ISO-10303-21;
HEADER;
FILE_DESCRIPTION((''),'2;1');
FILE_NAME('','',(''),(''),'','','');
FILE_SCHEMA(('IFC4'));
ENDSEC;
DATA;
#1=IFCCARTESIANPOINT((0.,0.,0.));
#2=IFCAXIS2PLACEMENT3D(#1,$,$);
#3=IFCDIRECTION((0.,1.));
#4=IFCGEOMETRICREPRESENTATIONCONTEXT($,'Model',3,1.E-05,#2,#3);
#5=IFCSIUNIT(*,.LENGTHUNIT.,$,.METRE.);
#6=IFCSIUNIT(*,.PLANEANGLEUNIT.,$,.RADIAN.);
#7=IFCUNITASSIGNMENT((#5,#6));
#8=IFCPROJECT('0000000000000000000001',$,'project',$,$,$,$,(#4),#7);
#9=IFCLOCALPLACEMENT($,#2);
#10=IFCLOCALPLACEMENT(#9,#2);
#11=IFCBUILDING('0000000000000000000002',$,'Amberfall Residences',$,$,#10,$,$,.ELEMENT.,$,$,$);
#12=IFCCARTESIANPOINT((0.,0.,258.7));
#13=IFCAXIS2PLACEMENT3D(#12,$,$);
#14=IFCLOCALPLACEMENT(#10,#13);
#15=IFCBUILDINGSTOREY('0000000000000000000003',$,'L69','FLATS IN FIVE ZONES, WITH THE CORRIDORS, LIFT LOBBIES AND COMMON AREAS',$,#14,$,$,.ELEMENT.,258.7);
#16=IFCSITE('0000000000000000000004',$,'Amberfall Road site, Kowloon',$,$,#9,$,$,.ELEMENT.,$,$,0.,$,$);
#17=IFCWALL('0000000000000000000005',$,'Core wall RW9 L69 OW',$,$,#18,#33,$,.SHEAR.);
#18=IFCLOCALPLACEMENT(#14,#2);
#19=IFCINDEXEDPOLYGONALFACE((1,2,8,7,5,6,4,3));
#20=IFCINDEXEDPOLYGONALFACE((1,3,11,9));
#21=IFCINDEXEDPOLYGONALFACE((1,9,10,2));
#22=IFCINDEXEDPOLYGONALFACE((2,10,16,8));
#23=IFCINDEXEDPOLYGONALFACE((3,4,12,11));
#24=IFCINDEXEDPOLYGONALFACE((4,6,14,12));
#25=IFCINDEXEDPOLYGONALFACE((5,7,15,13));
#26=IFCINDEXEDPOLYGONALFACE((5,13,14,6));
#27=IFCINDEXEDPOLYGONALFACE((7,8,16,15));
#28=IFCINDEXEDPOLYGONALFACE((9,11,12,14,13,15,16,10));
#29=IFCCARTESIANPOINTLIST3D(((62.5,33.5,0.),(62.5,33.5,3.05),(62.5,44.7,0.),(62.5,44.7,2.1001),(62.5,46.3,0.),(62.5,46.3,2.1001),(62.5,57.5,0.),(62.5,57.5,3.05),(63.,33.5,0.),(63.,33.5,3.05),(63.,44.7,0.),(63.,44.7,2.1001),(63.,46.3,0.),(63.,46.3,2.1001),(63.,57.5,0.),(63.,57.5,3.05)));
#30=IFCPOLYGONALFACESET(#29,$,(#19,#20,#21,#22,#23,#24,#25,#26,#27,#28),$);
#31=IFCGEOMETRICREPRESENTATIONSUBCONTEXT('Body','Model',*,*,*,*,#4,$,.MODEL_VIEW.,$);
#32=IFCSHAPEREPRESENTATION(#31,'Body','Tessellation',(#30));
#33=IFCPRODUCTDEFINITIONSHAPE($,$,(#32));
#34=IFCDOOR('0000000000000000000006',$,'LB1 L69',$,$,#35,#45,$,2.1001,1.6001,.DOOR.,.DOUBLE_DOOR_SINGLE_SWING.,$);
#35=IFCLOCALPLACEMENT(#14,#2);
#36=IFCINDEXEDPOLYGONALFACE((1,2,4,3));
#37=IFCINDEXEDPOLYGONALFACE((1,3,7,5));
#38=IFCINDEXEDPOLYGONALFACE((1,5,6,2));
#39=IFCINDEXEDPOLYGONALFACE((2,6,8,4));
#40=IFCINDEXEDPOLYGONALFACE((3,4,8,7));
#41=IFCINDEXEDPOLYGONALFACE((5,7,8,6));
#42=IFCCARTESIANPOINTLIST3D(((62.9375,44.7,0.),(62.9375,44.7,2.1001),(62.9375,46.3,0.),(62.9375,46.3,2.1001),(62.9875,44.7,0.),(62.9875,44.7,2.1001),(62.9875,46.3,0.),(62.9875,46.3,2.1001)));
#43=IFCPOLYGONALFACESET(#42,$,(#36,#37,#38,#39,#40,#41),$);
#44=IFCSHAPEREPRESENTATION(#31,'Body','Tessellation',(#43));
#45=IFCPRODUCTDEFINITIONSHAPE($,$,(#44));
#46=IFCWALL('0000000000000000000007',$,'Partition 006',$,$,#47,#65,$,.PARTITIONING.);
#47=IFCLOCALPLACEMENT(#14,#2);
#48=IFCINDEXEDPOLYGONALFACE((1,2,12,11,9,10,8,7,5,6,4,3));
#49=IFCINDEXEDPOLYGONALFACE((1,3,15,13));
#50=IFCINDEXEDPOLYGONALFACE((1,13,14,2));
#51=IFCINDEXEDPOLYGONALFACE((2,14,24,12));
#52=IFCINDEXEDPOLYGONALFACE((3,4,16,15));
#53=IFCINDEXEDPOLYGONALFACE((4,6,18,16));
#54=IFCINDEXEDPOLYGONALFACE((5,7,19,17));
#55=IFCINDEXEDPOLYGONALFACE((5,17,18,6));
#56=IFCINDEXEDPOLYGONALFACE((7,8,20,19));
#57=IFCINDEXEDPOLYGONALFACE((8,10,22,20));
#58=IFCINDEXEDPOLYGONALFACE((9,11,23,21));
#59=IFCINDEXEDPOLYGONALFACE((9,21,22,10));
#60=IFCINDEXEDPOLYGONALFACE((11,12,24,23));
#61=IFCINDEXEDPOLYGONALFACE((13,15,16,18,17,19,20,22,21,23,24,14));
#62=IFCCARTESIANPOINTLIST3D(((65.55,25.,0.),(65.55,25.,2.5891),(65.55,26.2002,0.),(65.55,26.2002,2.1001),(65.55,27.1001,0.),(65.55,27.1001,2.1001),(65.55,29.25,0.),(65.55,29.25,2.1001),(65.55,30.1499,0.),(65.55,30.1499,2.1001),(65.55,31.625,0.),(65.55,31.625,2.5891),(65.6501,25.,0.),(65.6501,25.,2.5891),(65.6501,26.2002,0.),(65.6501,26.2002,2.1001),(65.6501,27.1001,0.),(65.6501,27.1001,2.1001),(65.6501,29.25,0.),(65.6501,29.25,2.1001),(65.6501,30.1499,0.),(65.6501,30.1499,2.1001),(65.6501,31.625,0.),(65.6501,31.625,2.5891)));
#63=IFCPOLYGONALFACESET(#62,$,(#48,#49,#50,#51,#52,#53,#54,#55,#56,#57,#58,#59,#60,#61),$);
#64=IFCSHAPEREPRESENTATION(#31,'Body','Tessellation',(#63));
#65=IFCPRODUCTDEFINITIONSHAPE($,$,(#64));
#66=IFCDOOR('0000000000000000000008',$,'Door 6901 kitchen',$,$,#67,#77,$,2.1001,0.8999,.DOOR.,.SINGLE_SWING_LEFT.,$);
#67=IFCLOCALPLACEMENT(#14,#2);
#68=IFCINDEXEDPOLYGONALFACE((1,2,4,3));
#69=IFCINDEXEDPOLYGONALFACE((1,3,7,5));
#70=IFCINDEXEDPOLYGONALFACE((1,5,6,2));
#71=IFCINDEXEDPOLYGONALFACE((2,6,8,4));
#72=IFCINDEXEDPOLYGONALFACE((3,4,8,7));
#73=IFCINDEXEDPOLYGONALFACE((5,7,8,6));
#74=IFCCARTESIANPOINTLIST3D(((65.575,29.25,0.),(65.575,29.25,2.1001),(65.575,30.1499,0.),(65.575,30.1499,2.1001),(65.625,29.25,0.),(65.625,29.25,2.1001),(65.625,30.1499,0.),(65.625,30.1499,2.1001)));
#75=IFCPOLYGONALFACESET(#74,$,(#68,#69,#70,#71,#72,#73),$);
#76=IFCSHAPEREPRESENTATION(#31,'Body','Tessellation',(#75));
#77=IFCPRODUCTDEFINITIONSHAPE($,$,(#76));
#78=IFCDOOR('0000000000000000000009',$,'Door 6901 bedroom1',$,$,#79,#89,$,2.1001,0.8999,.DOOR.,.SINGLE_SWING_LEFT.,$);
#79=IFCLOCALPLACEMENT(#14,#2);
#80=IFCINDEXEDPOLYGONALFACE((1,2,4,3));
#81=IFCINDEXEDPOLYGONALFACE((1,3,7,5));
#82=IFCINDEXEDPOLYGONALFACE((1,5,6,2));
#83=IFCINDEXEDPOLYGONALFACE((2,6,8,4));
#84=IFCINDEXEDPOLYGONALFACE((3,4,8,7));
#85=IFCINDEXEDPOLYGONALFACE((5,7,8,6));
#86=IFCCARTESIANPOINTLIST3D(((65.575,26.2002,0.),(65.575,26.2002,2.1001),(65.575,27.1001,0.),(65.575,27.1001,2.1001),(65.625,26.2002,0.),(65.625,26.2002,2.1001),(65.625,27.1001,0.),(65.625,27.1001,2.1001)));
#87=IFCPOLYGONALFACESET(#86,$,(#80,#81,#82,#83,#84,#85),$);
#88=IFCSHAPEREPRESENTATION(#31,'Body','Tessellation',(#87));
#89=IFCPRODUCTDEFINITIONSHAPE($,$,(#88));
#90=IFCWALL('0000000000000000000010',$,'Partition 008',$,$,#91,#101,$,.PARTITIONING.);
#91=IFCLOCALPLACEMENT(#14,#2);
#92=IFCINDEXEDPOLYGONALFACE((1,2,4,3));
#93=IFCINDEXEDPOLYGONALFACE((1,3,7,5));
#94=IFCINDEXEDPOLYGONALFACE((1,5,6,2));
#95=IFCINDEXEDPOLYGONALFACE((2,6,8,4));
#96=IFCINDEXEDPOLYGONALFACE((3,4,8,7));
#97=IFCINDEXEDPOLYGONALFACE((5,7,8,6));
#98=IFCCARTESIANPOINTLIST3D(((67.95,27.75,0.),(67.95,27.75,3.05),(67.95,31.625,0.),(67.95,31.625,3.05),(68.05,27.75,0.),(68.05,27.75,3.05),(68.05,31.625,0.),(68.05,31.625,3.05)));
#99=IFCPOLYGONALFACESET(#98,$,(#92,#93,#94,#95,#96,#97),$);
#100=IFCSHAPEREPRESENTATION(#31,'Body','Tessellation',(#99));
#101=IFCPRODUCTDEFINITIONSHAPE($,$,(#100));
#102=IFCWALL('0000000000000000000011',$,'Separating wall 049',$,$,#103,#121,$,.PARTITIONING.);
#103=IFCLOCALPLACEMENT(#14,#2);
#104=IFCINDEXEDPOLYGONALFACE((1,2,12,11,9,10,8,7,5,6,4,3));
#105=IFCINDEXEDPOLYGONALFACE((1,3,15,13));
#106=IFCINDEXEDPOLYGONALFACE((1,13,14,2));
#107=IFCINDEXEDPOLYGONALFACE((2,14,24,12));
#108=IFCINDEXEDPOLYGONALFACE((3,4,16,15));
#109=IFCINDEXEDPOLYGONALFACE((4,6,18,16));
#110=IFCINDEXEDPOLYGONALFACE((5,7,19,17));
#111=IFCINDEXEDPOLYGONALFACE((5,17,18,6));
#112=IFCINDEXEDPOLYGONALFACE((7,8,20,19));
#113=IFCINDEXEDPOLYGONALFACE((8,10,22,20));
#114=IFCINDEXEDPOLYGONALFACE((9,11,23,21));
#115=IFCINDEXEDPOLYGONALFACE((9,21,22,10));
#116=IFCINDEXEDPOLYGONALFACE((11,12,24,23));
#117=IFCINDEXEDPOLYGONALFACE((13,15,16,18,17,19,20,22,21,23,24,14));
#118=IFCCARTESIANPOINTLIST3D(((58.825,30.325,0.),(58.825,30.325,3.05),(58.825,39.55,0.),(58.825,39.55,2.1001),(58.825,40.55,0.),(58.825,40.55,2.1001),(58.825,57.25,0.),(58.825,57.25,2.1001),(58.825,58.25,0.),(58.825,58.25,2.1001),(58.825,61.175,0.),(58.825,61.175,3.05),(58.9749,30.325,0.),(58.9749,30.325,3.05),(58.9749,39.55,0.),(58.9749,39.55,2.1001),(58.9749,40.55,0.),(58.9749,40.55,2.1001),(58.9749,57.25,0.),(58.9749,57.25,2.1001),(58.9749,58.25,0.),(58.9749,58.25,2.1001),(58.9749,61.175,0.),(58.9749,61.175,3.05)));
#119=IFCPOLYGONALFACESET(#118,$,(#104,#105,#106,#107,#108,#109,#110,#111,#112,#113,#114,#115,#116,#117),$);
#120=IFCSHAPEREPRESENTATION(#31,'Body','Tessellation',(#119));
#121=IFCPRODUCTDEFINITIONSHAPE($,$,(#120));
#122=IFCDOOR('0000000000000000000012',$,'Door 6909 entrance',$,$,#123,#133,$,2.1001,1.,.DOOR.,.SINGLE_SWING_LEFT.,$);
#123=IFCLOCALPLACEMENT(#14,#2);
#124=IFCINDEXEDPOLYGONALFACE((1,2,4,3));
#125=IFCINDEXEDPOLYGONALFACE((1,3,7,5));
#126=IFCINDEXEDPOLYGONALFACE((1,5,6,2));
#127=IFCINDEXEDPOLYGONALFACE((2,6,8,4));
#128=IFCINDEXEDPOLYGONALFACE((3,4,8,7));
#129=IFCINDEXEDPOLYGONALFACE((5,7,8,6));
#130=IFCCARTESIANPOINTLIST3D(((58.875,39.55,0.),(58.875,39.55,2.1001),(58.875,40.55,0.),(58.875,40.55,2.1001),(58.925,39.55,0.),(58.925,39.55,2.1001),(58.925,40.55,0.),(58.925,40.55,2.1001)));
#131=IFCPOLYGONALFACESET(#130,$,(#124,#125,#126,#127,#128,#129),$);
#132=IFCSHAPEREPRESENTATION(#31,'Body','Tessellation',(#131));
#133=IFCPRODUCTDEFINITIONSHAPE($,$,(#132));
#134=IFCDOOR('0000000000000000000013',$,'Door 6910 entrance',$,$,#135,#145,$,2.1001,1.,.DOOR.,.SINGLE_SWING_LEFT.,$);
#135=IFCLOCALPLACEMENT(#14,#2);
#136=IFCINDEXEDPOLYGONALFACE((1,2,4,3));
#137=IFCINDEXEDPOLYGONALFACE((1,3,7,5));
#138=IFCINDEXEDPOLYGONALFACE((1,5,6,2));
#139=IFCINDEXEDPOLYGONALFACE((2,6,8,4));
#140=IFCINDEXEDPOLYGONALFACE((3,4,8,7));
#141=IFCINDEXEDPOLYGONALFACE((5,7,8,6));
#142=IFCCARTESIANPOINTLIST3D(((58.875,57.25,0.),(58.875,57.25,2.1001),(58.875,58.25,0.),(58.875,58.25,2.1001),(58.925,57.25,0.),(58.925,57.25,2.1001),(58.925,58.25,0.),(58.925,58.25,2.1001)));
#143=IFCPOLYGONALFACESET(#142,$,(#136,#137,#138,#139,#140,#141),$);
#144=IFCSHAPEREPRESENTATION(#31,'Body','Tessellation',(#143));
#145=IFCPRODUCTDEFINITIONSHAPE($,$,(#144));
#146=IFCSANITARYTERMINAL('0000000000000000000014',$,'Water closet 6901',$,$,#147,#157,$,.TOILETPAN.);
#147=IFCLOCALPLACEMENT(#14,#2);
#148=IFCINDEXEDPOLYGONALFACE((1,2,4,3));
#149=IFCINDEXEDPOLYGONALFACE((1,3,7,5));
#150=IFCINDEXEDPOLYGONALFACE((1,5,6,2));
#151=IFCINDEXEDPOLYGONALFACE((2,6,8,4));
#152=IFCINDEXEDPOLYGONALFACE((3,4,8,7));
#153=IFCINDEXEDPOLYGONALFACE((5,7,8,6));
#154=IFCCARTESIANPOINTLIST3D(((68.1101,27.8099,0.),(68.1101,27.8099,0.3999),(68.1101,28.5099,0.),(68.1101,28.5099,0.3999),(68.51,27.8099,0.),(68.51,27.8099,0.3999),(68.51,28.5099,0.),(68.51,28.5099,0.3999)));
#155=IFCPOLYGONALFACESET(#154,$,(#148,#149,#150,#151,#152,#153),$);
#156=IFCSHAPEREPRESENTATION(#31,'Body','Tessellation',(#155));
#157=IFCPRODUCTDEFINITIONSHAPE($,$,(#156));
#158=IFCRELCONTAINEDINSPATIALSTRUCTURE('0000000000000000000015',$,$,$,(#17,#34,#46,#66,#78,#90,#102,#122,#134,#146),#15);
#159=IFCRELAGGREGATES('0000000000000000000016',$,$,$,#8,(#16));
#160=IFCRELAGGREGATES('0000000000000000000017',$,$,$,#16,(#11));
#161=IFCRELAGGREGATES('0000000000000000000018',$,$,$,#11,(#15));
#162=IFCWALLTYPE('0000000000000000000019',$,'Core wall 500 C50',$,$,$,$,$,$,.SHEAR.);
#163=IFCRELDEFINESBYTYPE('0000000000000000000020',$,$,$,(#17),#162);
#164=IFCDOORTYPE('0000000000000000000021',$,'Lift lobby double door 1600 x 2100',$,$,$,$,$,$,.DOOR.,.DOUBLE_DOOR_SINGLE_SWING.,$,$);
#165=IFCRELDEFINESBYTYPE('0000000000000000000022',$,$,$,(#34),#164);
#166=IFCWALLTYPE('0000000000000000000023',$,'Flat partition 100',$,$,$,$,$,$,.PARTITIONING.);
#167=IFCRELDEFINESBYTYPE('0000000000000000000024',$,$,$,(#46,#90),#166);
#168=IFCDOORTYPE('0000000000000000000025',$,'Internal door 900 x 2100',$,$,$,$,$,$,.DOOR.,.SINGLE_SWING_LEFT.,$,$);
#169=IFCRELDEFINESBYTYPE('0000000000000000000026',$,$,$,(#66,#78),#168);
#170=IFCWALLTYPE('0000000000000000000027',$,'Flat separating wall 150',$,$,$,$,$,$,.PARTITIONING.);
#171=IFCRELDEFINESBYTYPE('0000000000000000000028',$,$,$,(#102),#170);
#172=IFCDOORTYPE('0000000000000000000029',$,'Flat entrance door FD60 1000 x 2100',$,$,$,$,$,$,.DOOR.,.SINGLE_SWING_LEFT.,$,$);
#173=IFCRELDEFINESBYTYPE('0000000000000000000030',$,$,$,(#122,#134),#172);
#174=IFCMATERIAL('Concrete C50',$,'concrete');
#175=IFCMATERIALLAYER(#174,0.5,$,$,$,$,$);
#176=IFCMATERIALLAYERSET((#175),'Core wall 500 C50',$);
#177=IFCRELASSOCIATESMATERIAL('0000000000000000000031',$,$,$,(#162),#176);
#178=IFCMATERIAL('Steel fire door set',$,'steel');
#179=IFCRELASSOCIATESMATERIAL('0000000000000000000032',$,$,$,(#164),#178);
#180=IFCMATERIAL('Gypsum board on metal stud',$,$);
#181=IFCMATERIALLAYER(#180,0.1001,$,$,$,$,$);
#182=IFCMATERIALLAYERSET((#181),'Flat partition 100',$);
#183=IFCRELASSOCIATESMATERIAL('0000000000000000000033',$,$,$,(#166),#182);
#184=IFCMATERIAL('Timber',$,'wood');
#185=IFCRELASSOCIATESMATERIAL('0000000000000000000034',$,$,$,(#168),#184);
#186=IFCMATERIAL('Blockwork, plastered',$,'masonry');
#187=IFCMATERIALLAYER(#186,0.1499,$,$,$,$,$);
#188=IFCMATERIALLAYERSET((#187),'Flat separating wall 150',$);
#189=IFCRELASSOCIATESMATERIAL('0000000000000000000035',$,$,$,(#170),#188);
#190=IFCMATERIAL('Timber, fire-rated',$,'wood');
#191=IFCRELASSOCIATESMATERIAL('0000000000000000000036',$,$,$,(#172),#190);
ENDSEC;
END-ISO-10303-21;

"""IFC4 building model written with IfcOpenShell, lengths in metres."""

from ifc_helpers import new_model, si_unit, direction, frame, frame_2d, origin, origin_2d, place, context, subcontext, project, spatial, rectangle, extrude, material, layer, layer_set, type_object, element, fill, save


model = new_model("IFC4")

# Units and contexts
model_context = context("Model", 3, precision=1e-05, world=origin(), true_north=direction((0.0, 1.0)))
body_context = subcontext(model_context, "Body", "Model", "MODEL_VIEW")
ifc_project = project(units=[si_unit("LENGTHUNIT", "METRE"), si_unit("PLANEANGLEUNIT", "RADIAN")], contexts=[model_context])

# Site, building, storey
site_placement = place(None, origin())
site = spatial("IfcSite", under=ifc_project, at=site_placement, Name="Amberfall Road site, Kowloon", CompositionType="ELEMENT", RefElevation=0.0)
building_placement = place(site_placement, origin())
building = spatial("IfcBuilding", under=site, at=building_placement, Name="Amberfall Residences", CompositionType="ELEMENT")
storey_placement = place(building_placement, frame((0.0, 0.0, 258.7)))
storey = spatial("IfcBuildingStorey", under=building, at=storey_placement, Name="L69", Description="FLATS IN FIVE ZONES, WITH THE CORRIDORS, LIFT LOBBIES AND COMMON AREAS", CompositionType="ELEMENT", Elevation=258.7)

# Shared definitions
ifc_material_1 = material(Name="Concrete C50", Category="concrete")
ifc_material_2 = material(Name="Steel fire door set", Category="steel")

# Shared definitions
ifc_layer_1 = layer(ifc_material_1, 0.5)
ifc_layer_set_1 = layer_set([ifc_layer_1], Name="Core wall 500 C50")
wall_type_1 = type_object("IfcWallType", Name="Core wall 500 C50", PredefinedType="SHEAR", material=ifc_layer_set_1)

# Wall, opening, door
wall_1_placement = place(storey_placement, frame((62.75, 33.5, 0.0), z_axis=(0.0, 0.0, 1.0), x_axis=(0.0, 1.0, 0.0)))
wall_1 = element("IfcWall", 1, at=wall_1_placement, inside=storey, type_object=wall_type_1, Name="Core wall RW9 L69 OW", PredefinedType="SHEAR", context=body_context, shape_type="SweptSolid", body=[
    extrude(rectangle(XDim=24.0, YDim=0.5, at=frame_2d((12.0, 0.0))), origin(), (0.0, 0.0, 1.0), 3.05),
])
opening_1_placement = place(wall_1_placement, frame((11.2, 0.0, 0.0)))
opening_1 = element("IfcOpeningElement", 2, at=opening_1_placement, cuts=wall_1, PredefinedType="OPENING", context=body_context, shape_type="SweptSolid", body=[
    extrude(rectangle(XDim=1.6001, YDim=2.1001, at=frame_2d((0.8, 1.05))), frame((0.0, 0.26, 0.0), z_axis=(0.0, -1.0, 0.0), x_axis=(1.0, 0.0, 0.0)), (0.0, 0.0, 1.0), 0.52),
])
door_type_1 = type_object("IfcDoorType", Name="Lift lobby double door 1600 x 2100", OperationType="DOUBLE_DOOR_SINGLE_SWING", PredefinedType="DOOR", material=ifc_material_2)
door_1_placement = place(opening_1_placement, origin())
door_1 = element("IfcDoor", 3, at=door_1_placement, inside=storey, type_object=door_type_1, Name="LB1 L69", OperationType="DOUBLE_DOOR_SINGLE_SWING", OverallHeight=2.1001, OverallWidth=1.6001, PredefinedType="DOOR", context=body_context, shape_type="SweptSolid", body=[
    extrude(rectangle(XDim=1.6001, YDim=2.1001, at=frame_2d((0.8, 1.05))), frame((0.0, -0.1875, 0.0), z_axis=(0.0, -1.0, 0.0), x_axis=(1.0, 0.0, 0.0)), (0.0, 0.0, 1.0), 0.05),
])
fill(opening_1, door_1)

# Wall, openings, doors
ifc_material_3 = material(Name="Gypsum board on metal stud")
ifc_layer_2 = layer(ifc_material_3, 0.1001)
ifc_layer_set_2 = layer_set([ifc_layer_2], Name="Flat partition 100")
wall_type_2 = type_object("IfcWallType", Name="Flat partition 100", PredefinedType="PARTITIONING", material=ifc_layer_set_2)
wall_2_placement = place(storey_placement, frame((65.6001, 31.625, 0.0), z_axis=(0.0, 0.0, 1.0), x_axis=(0.0, -1.0, 0.0)))
wall_2 = element("IfcWall", 4, at=wall_2_placement, inside=storey, type_object=wall_type_2, Name="Partition 006", PredefinedType="PARTITIONING", context=body_context, shape_type="SweptSolid", body=[
    extrude(rectangle(XDim=6.625, YDim=0.1001, at=frame_2d((3.3125, 0.0))), origin(), (0.0, 0.0, 1.0), 2.5891),
])
opening_2_placement = place(wall_2_placement, frame((1.4751, 0.0, 0.0)))
opening_2 = element("IfcOpeningElement", 5, at=opening_2_placement, cuts=wall_2, PredefinedType="OPENING", context=body_context, shape_type="SweptSolid", body=[
    extrude(rectangle(XDim=0.8999, YDim=2.1001, at=frame_2d((0.45, 1.05))), frame((0.0, 0.0601, 0.0), z_axis=(0.0, -1.0, 0.0), x_axis=(1.0, 0.0, 0.0)), (0.0, 0.0, 1.0), 0.1201),
])
opening_3_placement = place(wall_2_placement, frame((4.5249, 0.0, 0.0)))
opening_3 = element("IfcOpeningElement", 6, at=opening_3_placement, cuts=wall_2, PredefinedType="OPENING", context=body_context, shape_type="SweptSolid", body=[
    extrude(rectangle(XDim=0.8999, YDim=2.1001, at=frame_2d((0.45, 1.05))), frame((0.0, 0.0601, 0.0), z_axis=(0.0, -1.0, 0.0), x_axis=(1.0, 0.0, 0.0)), (0.0, 0.0, 1.0), 0.1201),
])
ifc_material_4 = material(Name="Timber", Category="wood")
door_type_2 = type_object("IfcDoorType", Name="Internal door 900 x 2100", OperationType="SINGLE_SWING_LEFT", PredefinedType="DOOR", material=ifc_material_4)
door_2_placement = place(opening_2_placement, origin())
door_2 = element("IfcDoor", 7, at=door_2_placement, inside=storey, type_object=door_type_2, Name="Door 6901 kitchen", OperationType="SINGLE_SWING_LEFT", OverallHeight=2.1001, OverallWidth=0.8999, PredefinedType="DOOR", context=body_context, shape_type="SweptSolid", body=[
    extrude(rectangle(XDim=0.8999, YDim=2.1001, at=frame_2d((0.45, 1.05))), frame((0.0, 0.0249, 0.0), z_axis=(0.0, -1.0, 0.0), x_axis=(1.0, 0.0, 0.0)), (0.0, 0.0, 1.0), 0.05),
])
fill(opening_2, door_2)
door_3_placement = place(opening_3_placement, origin())
door_3 = element("IfcDoor", 8, at=door_3_placement, inside=storey, type_object=door_type_2, Name="Door 6901 bedroom1", OperationType="SINGLE_SWING_LEFT", OverallHeight=2.1001, OverallWidth=0.8999, PredefinedType="DOOR", context=body_context, shape_type="SweptSolid", body=[
    extrude(rectangle(XDim=0.8999, YDim=2.1001, at=frame_2d((0.45, 1.05))), frame((0.0, 0.0249, 0.0), z_axis=(0.0, -1.0, 0.0), x_axis=(1.0, 0.0, 0.0)), (0.0, 0.0, 1.0), 0.05),
])
fill(opening_3, door_3)

# Wall
wall_3_placement = place(storey_placement, frame((68.0, 27.75, 0.0), z_axis=(0.0, 0.0, 1.0), x_axis=(0.0, 1.0, 0.0)))
element("IfcWall", 9, at=wall_3_placement, inside=storey, type_object=wall_type_2, Name="Partition 008", PredefinedType="PARTITIONING", context=body_context, shape_type="SweptSolid", body=[
    extrude(rectangle(XDim=3.875, YDim=0.1001, at=frame_2d((1.9375, 0.0))), origin(), (0.0, 0.0, 1.0), 3.05),
])

# Wall, openings, doors
ifc_material_5 = material(Name="Blockwork, plastered", Category="masonry")
ifc_layer_3 = layer(ifc_material_5, 0.1499)
ifc_layer_set_3 = layer_set([ifc_layer_3], Name="Flat separating wall 150")
wall_type_3 = type_object("IfcWallType", Name="Flat separating wall 150", PredefinedType="PARTITIONING", material=ifc_layer_set_3)
wall_4_placement = place(storey_placement, frame((58.8999, 30.325, 0.0), z_axis=(0.0, 0.0, 1.0), x_axis=(0.0, 1.0, 0.0)))
wall_4 = element("IfcWall", 10, at=wall_4_placement, inside=storey, type_object=wall_type_3, Name="Separating wall 049", PredefinedType="PARTITIONING", context=body_context, shape_type="SweptSolid", body=[
    extrude(rectangle(XDim=30.8501, YDim=0.1499, at=frame_2d((15.425, 0.0))), origin(), (0.0, 0.0, 1.0), 3.05),
])
opening_4_placement = place(wall_4_placement, frame((9.2251, 0.0, 0.0)))
opening_4 = element("IfcOpeningElement", 11, at=opening_4_placement, cuts=wall_4, PredefinedType="OPENING", context=body_context, shape_type="SweptSolid", body=[
    extrude(rectangle(XDim=1.0, YDim=2.1001, at=frame_2d((0.5, 1.05))), frame((0.0, 0.085, 0.0), z_axis=(0.0, -1.0, 0.0), x_axis=(1.0, 0.0, 0.0)), (0.0, 0.0, 1.0), 0.1699),
])
opening_5_placement = place(wall_4_placement, frame((26.925, 0.0, 0.0)))
opening_5 = element("IfcOpeningElement", 12, at=opening_5_placement, cuts=wall_4, PredefinedType="OPENING", context=body_context, shape_type="SweptSolid", body=[
    extrude(rectangle(XDim=1.0, YDim=2.1001, at=frame_2d((0.5, 1.05))), frame((0.0, 0.085, 0.0), z_axis=(0.0, -1.0, 0.0), x_axis=(1.0, 0.0, 0.0)), (0.0, 0.0, 1.0), 0.1699),
])
ifc_material_6 = material(Name="Timber, fire-rated", Category="wood")
door_type_3 = type_object("IfcDoorType", Name="Flat entrance door FD60 1000 x 2100", OperationType="SINGLE_SWING_LEFT", PredefinedType="DOOR", material=ifc_material_6)
door_4_placement = place(opening_4_placement, origin())
door_4 = element("IfcDoor", 13, at=door_4_placement, inside=storey, type_object=door_type_3, Name="Door 6909 entrance", OperationType="SINGLE_SWING_LEFT", OverallHeight=2.1001, OverallWidth=1.0, PredefinedType="DOOR", context=body_context, shape_type="SweptSolid", body=[
    extrude(rectangle(XDim=1.0, YDim=2.1001, at=frame_2d((0.5, 1.05))), frame((0.0, 0.0249, 0.0), z_axis=(0.0, -1.0, 0.0), x_axis=(1.0, 0.0, 0.0)), (0.0, 0.0, 1.0), 0.05),
])
fill(opening_4, door_4)
door_5_placement = place(opening_5_placement, origin())
door_5 = element("IfcDoor", 14, at=door_5_placement, inside=storey, type_object=door_type_3, Name="Door 6910 entrance", OperationType="SINGLE_SWING_LEFT", OverallHeight=2.1001, OverallWidth=1.0, PredefinedType="DOOR", context=body_context, shape_type="SweptSolid", body=[
    extrude(rectangle(XDim=1.0, YDim=2.1001, at=frame_2d((0.5, 1.05))), frame((0.0, 0.0249, 0.0), z_axis=(0.0, -1.0, 0.0), x_axis=(1.0, 0.0, 0.0)), (0.0, 0.0, 1.0), 0.05),
])
fill(opening_5, door_5)

# Sanitary terminal
sanitary_terminal_1_placement = place(storey_placement, frame((68.3101, 28.1599, 0.0), z_axis=(0.0, 0.0, 1.0), x_axis=(1.0, 0.0, 0.0)))
element("IfcSanitaryTerminal", 15, at=sanitary_terminal_1_placement, inside=storey, Name="Water closet 6901", PredefinedType="TOILETPAN", context=body_context, shape_type="SweptSolid", body=[
    extrude(rectangle(XDim=0.3999, YDim=0.7, at=origin_2d()), origin(), (0.0, 0.0, 1.0), 0.3999),
])

save(model, "model.ifc")
